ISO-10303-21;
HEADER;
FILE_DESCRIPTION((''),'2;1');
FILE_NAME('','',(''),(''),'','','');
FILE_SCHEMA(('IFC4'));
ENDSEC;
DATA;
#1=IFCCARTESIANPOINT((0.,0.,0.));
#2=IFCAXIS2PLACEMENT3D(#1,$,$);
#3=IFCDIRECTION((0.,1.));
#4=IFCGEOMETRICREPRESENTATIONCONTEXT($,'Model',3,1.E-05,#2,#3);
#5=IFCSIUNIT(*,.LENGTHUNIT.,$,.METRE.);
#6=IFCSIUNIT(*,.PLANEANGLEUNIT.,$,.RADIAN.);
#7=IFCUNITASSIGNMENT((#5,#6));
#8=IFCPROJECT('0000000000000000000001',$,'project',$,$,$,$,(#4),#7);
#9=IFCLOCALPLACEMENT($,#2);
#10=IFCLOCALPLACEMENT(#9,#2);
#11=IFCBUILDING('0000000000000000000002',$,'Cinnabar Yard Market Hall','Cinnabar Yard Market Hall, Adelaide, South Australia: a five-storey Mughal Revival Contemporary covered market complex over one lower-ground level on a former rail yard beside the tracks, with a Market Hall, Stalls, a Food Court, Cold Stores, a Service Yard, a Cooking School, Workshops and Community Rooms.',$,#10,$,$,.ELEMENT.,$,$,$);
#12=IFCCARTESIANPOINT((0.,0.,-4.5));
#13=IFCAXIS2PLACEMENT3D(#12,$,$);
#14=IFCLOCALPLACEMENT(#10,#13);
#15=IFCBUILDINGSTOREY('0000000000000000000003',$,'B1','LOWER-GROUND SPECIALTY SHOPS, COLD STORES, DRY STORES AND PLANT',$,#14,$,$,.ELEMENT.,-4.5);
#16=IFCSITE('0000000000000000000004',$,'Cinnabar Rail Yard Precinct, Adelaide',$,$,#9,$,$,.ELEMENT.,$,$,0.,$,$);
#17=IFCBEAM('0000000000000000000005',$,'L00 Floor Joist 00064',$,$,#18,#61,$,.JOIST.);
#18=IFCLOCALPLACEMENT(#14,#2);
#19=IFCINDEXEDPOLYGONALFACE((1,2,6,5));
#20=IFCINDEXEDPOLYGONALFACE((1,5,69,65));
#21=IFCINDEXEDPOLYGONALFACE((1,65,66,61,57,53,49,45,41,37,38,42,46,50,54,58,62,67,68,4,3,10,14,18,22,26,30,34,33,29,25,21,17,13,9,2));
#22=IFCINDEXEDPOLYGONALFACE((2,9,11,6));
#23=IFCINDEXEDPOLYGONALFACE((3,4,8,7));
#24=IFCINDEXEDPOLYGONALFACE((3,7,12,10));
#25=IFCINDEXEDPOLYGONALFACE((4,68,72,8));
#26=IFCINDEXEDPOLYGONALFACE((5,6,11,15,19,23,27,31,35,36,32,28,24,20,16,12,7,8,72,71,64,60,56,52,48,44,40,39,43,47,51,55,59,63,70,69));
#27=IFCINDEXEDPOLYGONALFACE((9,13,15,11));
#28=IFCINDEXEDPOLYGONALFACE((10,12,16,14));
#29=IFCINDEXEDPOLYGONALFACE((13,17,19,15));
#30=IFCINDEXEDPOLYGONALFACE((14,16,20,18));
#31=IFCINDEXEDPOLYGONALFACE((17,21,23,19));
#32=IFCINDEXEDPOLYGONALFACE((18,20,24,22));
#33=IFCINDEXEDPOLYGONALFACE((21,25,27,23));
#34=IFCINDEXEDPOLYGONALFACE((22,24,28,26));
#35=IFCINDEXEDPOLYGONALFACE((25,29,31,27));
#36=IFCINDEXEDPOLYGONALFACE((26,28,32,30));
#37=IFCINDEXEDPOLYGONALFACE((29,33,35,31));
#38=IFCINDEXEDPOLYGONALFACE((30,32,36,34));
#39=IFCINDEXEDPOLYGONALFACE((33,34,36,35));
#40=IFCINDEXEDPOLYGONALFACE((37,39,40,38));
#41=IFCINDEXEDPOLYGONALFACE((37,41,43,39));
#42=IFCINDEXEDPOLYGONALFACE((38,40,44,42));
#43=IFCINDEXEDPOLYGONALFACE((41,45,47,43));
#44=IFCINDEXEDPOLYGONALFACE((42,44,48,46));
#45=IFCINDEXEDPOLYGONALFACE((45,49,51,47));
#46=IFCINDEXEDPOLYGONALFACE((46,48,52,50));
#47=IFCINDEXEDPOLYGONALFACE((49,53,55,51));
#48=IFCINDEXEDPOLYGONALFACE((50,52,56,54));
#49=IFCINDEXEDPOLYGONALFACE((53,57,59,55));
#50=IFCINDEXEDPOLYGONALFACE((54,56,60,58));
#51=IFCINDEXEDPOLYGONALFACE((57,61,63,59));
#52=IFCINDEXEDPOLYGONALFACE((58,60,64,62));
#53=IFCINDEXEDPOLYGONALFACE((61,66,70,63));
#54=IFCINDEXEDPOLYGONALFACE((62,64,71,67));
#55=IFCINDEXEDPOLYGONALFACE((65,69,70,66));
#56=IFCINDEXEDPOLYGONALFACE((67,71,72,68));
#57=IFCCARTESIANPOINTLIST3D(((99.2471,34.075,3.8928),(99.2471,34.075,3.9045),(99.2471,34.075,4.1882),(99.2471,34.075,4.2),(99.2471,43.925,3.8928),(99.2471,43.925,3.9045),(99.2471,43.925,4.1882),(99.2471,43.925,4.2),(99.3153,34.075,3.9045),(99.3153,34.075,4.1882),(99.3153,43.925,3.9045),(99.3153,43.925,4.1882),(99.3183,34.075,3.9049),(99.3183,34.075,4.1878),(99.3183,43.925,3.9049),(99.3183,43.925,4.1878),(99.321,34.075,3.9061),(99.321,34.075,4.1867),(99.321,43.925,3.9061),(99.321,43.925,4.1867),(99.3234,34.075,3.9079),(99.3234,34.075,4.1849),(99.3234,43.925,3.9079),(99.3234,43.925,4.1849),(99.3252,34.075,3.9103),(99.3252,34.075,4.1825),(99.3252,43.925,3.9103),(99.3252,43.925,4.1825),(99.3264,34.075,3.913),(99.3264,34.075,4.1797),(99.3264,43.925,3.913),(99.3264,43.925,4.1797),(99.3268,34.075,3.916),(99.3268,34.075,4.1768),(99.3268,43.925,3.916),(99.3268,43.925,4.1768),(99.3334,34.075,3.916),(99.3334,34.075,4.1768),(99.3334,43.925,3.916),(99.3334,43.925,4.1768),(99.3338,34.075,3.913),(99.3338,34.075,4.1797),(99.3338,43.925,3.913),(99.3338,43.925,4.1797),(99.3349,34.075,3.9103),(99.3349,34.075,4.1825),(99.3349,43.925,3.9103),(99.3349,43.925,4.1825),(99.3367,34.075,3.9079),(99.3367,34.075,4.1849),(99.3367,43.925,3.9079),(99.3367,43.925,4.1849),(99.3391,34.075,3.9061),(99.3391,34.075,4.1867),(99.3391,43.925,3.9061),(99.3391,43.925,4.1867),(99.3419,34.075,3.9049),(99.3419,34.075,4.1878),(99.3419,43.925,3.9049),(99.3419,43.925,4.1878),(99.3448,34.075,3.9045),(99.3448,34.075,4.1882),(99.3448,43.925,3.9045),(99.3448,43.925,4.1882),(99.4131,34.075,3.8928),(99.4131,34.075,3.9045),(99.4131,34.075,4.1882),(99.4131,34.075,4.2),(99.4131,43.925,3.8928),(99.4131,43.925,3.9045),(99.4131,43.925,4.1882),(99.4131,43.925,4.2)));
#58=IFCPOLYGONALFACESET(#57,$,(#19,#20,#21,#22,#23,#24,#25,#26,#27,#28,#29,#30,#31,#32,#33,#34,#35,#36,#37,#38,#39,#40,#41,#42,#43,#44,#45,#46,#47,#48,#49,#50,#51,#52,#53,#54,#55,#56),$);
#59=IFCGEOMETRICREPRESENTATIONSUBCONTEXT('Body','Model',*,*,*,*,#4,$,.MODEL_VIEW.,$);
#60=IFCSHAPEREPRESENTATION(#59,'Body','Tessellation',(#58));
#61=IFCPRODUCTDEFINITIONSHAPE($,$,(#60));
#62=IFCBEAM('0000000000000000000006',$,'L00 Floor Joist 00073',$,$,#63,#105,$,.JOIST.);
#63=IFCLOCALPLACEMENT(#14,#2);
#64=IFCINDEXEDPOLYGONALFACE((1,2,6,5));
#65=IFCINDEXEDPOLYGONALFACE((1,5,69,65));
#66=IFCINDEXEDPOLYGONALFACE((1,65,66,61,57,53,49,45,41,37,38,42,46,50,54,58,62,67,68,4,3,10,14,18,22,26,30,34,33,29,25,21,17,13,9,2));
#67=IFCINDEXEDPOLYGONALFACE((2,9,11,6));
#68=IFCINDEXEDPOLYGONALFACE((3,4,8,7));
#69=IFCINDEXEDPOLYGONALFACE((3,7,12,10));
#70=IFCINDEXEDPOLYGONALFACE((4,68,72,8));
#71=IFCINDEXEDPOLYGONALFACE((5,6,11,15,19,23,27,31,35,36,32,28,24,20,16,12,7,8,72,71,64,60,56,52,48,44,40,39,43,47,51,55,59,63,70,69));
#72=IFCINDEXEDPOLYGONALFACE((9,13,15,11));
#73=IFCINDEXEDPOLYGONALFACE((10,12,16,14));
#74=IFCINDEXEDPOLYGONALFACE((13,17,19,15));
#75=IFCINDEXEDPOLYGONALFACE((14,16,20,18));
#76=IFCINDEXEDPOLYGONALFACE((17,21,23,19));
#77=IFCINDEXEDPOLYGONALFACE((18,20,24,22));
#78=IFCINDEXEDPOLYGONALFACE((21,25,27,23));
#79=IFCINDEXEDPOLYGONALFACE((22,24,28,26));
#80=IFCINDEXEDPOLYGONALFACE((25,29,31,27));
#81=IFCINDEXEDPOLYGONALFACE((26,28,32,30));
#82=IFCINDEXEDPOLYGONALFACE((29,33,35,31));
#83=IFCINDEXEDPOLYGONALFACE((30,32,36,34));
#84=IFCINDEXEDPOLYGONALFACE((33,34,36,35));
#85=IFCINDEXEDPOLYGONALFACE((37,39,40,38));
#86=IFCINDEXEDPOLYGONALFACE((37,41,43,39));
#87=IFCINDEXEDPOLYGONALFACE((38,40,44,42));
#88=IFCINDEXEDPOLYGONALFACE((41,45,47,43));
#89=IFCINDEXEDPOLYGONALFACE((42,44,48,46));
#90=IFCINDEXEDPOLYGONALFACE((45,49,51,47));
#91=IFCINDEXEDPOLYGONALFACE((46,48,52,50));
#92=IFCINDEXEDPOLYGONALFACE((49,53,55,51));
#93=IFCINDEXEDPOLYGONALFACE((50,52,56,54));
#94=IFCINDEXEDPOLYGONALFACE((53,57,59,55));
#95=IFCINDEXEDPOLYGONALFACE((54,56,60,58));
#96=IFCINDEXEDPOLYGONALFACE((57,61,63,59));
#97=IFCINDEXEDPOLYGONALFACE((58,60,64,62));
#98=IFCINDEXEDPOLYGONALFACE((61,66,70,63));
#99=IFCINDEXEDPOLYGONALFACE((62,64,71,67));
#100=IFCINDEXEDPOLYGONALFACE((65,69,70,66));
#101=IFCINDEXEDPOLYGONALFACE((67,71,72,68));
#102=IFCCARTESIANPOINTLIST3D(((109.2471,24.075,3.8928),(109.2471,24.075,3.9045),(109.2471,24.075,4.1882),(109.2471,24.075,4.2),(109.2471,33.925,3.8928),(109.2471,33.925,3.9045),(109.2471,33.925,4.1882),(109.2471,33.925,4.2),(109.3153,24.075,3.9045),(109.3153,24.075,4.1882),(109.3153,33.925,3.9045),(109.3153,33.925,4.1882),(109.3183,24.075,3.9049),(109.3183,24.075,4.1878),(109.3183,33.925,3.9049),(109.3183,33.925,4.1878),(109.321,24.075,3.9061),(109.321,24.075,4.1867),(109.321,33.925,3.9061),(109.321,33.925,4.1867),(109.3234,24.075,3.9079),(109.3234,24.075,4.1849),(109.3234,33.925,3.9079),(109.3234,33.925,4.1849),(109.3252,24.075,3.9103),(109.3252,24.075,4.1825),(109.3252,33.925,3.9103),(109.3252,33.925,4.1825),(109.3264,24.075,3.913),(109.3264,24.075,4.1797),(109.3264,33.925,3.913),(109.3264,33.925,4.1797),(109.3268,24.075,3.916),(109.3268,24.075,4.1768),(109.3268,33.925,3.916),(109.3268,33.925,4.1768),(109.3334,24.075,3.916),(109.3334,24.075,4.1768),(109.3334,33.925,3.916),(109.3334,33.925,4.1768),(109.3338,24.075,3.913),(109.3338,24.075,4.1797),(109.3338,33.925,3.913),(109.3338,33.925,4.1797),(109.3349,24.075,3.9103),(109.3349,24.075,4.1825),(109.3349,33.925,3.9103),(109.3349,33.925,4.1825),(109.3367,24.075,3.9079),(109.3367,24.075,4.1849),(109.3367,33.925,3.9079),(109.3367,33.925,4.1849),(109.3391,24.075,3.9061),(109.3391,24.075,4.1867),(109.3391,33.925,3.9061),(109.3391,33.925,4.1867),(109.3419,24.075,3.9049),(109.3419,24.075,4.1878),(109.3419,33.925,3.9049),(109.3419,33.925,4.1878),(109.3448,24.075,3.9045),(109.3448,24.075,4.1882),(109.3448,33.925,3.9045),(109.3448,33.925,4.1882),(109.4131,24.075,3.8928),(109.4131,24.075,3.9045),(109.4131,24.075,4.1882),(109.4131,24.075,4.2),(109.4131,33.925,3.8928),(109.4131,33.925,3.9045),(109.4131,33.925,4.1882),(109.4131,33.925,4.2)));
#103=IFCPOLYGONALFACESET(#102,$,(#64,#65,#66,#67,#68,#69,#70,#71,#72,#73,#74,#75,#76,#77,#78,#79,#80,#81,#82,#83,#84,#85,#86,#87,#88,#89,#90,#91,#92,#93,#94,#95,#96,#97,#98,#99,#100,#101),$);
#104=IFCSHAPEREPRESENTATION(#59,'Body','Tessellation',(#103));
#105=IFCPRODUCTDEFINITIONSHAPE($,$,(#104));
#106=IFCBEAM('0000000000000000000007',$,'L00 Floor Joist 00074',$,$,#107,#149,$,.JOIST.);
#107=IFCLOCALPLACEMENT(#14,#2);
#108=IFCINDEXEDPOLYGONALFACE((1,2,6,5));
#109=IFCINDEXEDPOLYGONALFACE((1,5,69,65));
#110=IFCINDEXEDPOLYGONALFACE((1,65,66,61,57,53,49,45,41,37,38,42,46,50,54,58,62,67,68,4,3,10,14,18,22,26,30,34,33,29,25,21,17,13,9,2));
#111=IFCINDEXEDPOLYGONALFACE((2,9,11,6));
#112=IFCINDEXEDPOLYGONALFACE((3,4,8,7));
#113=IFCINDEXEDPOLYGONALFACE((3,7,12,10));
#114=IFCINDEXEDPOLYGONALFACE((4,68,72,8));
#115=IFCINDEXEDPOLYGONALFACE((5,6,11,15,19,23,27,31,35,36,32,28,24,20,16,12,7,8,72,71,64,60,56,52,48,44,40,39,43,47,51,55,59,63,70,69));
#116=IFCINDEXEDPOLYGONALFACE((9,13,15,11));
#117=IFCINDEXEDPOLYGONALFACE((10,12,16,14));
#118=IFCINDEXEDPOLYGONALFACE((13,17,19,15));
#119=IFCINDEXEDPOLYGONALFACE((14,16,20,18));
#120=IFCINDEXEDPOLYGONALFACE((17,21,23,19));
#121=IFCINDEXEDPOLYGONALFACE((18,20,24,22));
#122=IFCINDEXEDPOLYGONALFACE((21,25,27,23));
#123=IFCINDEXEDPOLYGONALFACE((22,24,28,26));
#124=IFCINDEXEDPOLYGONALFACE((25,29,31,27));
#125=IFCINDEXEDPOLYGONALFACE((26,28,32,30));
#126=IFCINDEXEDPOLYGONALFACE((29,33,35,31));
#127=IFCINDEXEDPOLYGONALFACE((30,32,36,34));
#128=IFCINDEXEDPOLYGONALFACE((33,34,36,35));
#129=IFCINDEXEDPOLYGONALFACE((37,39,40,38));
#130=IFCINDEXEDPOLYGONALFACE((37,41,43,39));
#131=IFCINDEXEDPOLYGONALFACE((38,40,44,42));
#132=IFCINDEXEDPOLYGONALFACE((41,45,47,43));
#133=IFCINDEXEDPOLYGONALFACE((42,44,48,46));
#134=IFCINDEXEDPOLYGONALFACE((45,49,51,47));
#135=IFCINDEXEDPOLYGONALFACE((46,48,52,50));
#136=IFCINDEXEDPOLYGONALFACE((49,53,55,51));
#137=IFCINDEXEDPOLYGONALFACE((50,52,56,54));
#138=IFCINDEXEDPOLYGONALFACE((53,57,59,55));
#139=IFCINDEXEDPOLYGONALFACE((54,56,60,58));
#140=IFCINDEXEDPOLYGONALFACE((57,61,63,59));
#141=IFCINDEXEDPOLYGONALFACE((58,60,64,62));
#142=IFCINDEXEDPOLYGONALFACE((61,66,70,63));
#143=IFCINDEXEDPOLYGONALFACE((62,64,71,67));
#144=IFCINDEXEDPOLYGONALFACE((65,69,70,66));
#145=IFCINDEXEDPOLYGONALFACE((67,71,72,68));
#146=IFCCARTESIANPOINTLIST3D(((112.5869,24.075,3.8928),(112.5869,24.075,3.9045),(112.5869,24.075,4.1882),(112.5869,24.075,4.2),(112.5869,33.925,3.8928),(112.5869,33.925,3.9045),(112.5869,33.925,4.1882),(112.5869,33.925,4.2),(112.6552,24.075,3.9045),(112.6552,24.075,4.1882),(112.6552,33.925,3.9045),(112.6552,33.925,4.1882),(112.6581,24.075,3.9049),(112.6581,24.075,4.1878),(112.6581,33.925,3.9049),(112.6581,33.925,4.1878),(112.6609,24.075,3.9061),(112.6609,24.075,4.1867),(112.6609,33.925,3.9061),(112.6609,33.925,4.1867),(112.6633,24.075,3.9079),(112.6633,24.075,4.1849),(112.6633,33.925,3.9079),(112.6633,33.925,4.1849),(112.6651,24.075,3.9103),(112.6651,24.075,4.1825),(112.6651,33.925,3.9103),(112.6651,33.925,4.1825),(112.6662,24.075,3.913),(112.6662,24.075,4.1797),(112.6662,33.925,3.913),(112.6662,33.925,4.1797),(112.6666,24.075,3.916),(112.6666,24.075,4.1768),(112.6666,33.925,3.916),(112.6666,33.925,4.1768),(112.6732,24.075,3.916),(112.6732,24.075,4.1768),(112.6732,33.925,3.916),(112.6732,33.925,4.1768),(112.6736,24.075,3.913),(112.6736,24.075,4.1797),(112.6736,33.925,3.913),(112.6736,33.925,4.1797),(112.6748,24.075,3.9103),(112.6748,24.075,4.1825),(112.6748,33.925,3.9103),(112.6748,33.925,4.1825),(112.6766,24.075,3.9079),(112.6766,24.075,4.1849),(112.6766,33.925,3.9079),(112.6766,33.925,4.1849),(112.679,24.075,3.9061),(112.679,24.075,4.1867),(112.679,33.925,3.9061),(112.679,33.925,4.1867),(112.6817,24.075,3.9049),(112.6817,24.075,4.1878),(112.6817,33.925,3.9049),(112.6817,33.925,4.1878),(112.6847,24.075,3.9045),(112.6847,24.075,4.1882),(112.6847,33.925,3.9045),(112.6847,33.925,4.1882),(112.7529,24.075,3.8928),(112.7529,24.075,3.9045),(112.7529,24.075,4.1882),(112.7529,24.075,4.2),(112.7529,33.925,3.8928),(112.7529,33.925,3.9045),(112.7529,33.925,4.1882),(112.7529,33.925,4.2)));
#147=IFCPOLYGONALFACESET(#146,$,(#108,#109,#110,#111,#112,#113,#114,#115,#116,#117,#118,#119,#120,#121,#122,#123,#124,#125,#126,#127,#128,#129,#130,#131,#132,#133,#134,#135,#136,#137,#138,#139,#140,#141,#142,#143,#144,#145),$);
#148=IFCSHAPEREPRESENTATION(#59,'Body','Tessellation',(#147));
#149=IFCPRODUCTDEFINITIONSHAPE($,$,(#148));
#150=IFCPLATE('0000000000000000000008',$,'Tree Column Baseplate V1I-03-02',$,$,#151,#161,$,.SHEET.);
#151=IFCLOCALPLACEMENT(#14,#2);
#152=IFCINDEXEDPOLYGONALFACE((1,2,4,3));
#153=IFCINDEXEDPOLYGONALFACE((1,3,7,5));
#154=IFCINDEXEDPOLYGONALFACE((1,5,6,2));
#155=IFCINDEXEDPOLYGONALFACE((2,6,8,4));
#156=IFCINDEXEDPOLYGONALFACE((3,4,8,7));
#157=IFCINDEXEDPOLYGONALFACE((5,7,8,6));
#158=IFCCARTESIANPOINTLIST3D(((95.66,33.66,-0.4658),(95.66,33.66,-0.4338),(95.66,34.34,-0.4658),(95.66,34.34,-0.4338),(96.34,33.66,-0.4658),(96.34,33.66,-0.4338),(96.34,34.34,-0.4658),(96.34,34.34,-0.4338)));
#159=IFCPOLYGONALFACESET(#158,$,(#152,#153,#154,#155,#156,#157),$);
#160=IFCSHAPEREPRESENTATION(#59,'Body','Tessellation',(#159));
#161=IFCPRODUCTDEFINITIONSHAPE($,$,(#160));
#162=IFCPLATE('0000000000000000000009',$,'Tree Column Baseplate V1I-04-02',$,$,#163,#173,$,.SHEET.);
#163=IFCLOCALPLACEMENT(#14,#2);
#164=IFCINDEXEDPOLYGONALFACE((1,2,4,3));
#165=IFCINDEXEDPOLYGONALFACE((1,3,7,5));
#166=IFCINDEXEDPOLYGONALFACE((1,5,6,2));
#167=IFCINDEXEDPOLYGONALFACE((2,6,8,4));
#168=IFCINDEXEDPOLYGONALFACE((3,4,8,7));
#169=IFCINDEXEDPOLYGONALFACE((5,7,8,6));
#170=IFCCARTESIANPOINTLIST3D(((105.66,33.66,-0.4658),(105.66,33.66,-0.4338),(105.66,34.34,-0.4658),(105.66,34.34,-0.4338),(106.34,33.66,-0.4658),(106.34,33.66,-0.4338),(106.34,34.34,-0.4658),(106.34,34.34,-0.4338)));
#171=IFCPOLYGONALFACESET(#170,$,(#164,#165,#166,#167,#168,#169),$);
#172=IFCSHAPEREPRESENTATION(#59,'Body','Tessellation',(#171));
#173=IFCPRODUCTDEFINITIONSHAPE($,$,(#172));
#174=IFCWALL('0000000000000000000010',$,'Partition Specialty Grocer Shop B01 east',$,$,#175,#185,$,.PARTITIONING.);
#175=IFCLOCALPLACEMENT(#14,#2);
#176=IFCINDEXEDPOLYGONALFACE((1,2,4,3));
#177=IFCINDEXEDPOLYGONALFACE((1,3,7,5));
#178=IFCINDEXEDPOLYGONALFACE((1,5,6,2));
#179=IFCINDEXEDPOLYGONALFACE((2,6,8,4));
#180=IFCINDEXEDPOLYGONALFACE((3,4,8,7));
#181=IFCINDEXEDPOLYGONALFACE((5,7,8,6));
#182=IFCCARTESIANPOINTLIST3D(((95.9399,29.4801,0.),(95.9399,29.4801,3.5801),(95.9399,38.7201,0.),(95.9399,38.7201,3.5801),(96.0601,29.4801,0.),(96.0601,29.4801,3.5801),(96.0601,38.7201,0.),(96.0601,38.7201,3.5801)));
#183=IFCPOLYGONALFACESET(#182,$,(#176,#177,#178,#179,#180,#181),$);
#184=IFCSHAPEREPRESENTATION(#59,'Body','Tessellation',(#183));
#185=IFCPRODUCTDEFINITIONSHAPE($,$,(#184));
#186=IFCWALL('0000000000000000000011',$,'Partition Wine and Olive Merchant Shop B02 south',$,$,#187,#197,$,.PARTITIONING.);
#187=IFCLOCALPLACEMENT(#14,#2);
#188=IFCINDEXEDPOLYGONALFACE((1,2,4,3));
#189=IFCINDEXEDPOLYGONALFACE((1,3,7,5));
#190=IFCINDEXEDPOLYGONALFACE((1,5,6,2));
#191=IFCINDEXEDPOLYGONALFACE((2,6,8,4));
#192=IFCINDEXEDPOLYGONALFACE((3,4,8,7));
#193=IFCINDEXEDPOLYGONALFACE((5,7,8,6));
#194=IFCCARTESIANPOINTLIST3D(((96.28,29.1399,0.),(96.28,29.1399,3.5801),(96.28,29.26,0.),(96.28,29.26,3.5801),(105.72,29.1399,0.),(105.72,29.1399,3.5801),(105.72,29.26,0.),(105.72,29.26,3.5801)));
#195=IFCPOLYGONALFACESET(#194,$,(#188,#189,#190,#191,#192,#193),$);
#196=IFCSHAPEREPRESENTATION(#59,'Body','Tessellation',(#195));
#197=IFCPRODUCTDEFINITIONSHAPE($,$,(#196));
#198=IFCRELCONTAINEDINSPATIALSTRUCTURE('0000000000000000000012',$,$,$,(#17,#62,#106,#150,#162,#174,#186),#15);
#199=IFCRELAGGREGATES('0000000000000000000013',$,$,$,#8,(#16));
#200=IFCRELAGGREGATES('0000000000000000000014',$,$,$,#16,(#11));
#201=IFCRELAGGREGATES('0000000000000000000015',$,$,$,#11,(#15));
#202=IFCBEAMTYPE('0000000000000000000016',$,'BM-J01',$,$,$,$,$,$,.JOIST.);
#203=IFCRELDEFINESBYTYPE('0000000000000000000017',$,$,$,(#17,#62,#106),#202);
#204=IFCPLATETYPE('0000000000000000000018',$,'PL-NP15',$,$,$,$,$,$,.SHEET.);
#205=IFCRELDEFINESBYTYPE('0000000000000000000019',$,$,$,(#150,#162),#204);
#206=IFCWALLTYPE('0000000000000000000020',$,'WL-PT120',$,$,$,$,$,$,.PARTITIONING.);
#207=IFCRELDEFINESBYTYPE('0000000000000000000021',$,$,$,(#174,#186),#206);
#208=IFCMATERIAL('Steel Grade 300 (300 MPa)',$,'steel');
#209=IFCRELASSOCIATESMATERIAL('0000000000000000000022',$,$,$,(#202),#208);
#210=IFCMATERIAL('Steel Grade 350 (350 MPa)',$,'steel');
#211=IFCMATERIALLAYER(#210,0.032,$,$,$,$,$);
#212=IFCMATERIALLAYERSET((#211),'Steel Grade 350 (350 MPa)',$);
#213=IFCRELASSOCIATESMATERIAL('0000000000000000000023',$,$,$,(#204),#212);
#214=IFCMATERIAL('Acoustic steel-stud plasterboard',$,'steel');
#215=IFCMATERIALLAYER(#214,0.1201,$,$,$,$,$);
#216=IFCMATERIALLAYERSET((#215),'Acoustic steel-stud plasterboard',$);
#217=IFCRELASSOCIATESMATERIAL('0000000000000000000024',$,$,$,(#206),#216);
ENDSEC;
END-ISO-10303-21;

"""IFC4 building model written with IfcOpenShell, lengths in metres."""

from ifc_helpers import new_model, si_unit, direction, frame, frame_2d, origin, origin_2d_with_axis, place, context, subcontext, project, spatial, rectangle, i_section, extrude, material, layer, layer_set, material_profile, profile_set, type_object, element, save


model = new_model("IFC4")

# Units and contexts
model_context = context("Model", 3, precision=1e-05, world=origin(), true_north=direction((0.0, 1.0)))
body_context = subcontext(model_context, "Body", "Model", "MODEL_VIEW")
ifc_project = project(units=[si_unit("LENGTHUNIT", "METRE"), si_unit("PLANEANGLEUNIT", "RADIAN")], contexts=[model_context])

# Site, building, storey
site_placement = place(None, origin())
site = spatial("IfcSite", under=ifc_project, at=site_placement, Name="Cinnabar Rail Yard Precinct, Adelaide", CompositionType="ELEMENT", RefElevation=0.0)
building_placement = place(site_placement, origin())
building = spatial("IfcBuilding", under=site, at=building_placement, Name="Cinnabar Yard Market Hall", Description="Cinnabar Yard Market Hall, Adelaide, South Australia: a five-storey Mughal Revival Contemporary covered market complex over one lower-ground level on a former rail yard beside the tracks, with a Market Hall, Stalls, a Food Court, Cold Stores, a Service Yard, a Cooking School, Workshops and Community Rooms.", CompositionType="ELEMENT")
storey_placement = place(building_placement, frame((0.0, 0.0, -4.5)))
storey = spatial("IfcBuildingStorey", under=building, at=storey_placement, Name="B1", Description="LOWER-GROUND SPECIALTY SHOPS, COLD STORES, DRY STORES AND PLANT", CompositionType="ELEMENT", Elevation=-4.5)

# Beams
ifc_material_1 = material(Name="Steel Grade 300 (300 MPa)", Category="steel")
ifc_material_profile_1 = material_profile(ifc_material_1, i_section(OverallWidth=0.166, OverallDepth=0.3071, WebThickness=0.0066, FlangeThickness=0.0117, FilletRadius=0.0115, at=origin_2d_with_axis()), Name="310UB46.2")
ifc_profile_set_1 = profile_set([ifc_material_profile_1], Name="Steel Grade 300 (300 MPa)")
beam_type_1 = type_object("IfcBeamType", Name="BM-J01", PredefinedType="JOIST", material=ifc_profile_set_1)
for number, where, z_axis, x_axis, name in (
    (1, (99.3301, 34.075, 4.0464), (0.0, 1.0, 0.0), (-1.0, 0.0, 0.0), "L00 Floor Joist 00064"),
    (2, (109.3301, 24.075, 4.0464), (0.0, 1.0, 0.0), (-1.0, 0.0, 0.0), "L00 Floor Joist 00073"),
    (3, (112.6699, 24.075, 4.0464), (0.0, 1.0, 0.0), (-1.0, 0.0, 0.0), "L00 Floor Joist 00074"),
):
    element("IfcBeam", number, at=place(storey_placement, frame(where, z_axis=z_axis, x_axis=x_axis)), inside=storey, type_object=beam_type_1, Name=name, PredefinedType="JOIST", context=body_context, shape_type="SweptSolid", body=[
        extrude(i_section(OverallWidth=0.166, OverallDepth=0.3071, WebThickness=0.0066, FlangeThickness=0.0117, FilletRadius=0.0115, at=origin_2d_with_axis()), origin(), (0.0, 0.0, 1.0), 9.8501),
    ])

# Plates
ifc_material_2 = material(Name="Steel Grade 350 (350 MPa)", Category="steel")
ifc_layer_1 = layer(ifc_material_2, 0.032)
ifc_layer_set_1 = layer_set([ifc_layer_1], Name="Steel Grade 350 (350 MPa)")
plate_type = type_object("IfcPlateType", Name="PL-NP15", PredefinedType="SHEET", material=ifc_layer_set_1)
for number, where, z_axis, x_axis, name in (
    (4, (96.0, 34.0, -0.4658), (0.0, 0.0, 1.0), (1.0, 0.0, 0.0), "Tree Column Baseplate V1I-03-02"),
    (5, (106.0, 34.0, -0.4658), (0.0, 0.0, 1.0), (1.0, 0.0, 0.0), "Tree Column Baseplate V1I-04-02"),
):
    element("IfcPlate", number, at=place(storey_placement, frame(where, z_axis=z_axis, x_axis=x_axis)), inside=storey, type_object=plate_type, Name=name, PredefinedType="SHEET", context=body_context, shape_type="SweptSolid", body=[
        extrude(rectangle(XDim=0.6799, YDim=0.6799, at=origin_2d_with_axis()), origin(), (0.0, 0.0, 1.0), 0.032),
    ])

# Walls
ifc_material_3 = material(Name="Acoustic steel-stud plasterboard", Category="steel")
ifc_layer_2 = layer(ifc_material_3, 0.1201)
ifc_layer_set_2 = layer_set([ifc_layer_2], Name="Acoustic steel-stud plasterboard")
wall_type_1 = type_object("IfcWallType", Name="WL-PT120", PredefinedType="PARTITIONING", material=ifc_layer_set_2)
wall_1_placement = place(storey_placement, frame((96.0, 29.48, 0.0), z_axis=(0.0, 0.0, 1.0), x_axis=(0.0, 1.0, 0.0)))
element("IfcWall", 6, at=wall_1_placement, inside=storey, type_object=wall_type_1, Name="Partition Specialty Grocer Shop B01 east", PredefinedType="PARTITIONING", context=body_context, shape_type="SweptSolid", body=[
    extrude(rectangle(XDim=9.24, YDim=0.1201, at=frame_2d((4.6201, 0.0), x_axis=(1.0, 0.0))), origin(), (0.0, 0.0, 1.0), 3.5801),
])
wall_2_placement = place(storey_placement, frame((96.28, 29.2, 0.0), z_axis=(0.0, 0.0, 1.0), x_axis=(1.0, 0.0, 0.0)))
element("IfcWall", 7, at=wall_2_placement, inside=storey, type_object=wall_type_1, Name="Partition Wine and Olive Merchant Shop B02 south", PredefinedType="PARTITIONING", context=body_context, shape_type="SweptSolid", body=[
    extrude(rectangle(XDim=9.4399, YDim=0.1201, at=frame_2d((4.72, 0.0), x_axis=(1.0, 0.0))), origin(), (0.0, 0.0, 1.0), 3.5801),
])

save(model, "model.ifc")
